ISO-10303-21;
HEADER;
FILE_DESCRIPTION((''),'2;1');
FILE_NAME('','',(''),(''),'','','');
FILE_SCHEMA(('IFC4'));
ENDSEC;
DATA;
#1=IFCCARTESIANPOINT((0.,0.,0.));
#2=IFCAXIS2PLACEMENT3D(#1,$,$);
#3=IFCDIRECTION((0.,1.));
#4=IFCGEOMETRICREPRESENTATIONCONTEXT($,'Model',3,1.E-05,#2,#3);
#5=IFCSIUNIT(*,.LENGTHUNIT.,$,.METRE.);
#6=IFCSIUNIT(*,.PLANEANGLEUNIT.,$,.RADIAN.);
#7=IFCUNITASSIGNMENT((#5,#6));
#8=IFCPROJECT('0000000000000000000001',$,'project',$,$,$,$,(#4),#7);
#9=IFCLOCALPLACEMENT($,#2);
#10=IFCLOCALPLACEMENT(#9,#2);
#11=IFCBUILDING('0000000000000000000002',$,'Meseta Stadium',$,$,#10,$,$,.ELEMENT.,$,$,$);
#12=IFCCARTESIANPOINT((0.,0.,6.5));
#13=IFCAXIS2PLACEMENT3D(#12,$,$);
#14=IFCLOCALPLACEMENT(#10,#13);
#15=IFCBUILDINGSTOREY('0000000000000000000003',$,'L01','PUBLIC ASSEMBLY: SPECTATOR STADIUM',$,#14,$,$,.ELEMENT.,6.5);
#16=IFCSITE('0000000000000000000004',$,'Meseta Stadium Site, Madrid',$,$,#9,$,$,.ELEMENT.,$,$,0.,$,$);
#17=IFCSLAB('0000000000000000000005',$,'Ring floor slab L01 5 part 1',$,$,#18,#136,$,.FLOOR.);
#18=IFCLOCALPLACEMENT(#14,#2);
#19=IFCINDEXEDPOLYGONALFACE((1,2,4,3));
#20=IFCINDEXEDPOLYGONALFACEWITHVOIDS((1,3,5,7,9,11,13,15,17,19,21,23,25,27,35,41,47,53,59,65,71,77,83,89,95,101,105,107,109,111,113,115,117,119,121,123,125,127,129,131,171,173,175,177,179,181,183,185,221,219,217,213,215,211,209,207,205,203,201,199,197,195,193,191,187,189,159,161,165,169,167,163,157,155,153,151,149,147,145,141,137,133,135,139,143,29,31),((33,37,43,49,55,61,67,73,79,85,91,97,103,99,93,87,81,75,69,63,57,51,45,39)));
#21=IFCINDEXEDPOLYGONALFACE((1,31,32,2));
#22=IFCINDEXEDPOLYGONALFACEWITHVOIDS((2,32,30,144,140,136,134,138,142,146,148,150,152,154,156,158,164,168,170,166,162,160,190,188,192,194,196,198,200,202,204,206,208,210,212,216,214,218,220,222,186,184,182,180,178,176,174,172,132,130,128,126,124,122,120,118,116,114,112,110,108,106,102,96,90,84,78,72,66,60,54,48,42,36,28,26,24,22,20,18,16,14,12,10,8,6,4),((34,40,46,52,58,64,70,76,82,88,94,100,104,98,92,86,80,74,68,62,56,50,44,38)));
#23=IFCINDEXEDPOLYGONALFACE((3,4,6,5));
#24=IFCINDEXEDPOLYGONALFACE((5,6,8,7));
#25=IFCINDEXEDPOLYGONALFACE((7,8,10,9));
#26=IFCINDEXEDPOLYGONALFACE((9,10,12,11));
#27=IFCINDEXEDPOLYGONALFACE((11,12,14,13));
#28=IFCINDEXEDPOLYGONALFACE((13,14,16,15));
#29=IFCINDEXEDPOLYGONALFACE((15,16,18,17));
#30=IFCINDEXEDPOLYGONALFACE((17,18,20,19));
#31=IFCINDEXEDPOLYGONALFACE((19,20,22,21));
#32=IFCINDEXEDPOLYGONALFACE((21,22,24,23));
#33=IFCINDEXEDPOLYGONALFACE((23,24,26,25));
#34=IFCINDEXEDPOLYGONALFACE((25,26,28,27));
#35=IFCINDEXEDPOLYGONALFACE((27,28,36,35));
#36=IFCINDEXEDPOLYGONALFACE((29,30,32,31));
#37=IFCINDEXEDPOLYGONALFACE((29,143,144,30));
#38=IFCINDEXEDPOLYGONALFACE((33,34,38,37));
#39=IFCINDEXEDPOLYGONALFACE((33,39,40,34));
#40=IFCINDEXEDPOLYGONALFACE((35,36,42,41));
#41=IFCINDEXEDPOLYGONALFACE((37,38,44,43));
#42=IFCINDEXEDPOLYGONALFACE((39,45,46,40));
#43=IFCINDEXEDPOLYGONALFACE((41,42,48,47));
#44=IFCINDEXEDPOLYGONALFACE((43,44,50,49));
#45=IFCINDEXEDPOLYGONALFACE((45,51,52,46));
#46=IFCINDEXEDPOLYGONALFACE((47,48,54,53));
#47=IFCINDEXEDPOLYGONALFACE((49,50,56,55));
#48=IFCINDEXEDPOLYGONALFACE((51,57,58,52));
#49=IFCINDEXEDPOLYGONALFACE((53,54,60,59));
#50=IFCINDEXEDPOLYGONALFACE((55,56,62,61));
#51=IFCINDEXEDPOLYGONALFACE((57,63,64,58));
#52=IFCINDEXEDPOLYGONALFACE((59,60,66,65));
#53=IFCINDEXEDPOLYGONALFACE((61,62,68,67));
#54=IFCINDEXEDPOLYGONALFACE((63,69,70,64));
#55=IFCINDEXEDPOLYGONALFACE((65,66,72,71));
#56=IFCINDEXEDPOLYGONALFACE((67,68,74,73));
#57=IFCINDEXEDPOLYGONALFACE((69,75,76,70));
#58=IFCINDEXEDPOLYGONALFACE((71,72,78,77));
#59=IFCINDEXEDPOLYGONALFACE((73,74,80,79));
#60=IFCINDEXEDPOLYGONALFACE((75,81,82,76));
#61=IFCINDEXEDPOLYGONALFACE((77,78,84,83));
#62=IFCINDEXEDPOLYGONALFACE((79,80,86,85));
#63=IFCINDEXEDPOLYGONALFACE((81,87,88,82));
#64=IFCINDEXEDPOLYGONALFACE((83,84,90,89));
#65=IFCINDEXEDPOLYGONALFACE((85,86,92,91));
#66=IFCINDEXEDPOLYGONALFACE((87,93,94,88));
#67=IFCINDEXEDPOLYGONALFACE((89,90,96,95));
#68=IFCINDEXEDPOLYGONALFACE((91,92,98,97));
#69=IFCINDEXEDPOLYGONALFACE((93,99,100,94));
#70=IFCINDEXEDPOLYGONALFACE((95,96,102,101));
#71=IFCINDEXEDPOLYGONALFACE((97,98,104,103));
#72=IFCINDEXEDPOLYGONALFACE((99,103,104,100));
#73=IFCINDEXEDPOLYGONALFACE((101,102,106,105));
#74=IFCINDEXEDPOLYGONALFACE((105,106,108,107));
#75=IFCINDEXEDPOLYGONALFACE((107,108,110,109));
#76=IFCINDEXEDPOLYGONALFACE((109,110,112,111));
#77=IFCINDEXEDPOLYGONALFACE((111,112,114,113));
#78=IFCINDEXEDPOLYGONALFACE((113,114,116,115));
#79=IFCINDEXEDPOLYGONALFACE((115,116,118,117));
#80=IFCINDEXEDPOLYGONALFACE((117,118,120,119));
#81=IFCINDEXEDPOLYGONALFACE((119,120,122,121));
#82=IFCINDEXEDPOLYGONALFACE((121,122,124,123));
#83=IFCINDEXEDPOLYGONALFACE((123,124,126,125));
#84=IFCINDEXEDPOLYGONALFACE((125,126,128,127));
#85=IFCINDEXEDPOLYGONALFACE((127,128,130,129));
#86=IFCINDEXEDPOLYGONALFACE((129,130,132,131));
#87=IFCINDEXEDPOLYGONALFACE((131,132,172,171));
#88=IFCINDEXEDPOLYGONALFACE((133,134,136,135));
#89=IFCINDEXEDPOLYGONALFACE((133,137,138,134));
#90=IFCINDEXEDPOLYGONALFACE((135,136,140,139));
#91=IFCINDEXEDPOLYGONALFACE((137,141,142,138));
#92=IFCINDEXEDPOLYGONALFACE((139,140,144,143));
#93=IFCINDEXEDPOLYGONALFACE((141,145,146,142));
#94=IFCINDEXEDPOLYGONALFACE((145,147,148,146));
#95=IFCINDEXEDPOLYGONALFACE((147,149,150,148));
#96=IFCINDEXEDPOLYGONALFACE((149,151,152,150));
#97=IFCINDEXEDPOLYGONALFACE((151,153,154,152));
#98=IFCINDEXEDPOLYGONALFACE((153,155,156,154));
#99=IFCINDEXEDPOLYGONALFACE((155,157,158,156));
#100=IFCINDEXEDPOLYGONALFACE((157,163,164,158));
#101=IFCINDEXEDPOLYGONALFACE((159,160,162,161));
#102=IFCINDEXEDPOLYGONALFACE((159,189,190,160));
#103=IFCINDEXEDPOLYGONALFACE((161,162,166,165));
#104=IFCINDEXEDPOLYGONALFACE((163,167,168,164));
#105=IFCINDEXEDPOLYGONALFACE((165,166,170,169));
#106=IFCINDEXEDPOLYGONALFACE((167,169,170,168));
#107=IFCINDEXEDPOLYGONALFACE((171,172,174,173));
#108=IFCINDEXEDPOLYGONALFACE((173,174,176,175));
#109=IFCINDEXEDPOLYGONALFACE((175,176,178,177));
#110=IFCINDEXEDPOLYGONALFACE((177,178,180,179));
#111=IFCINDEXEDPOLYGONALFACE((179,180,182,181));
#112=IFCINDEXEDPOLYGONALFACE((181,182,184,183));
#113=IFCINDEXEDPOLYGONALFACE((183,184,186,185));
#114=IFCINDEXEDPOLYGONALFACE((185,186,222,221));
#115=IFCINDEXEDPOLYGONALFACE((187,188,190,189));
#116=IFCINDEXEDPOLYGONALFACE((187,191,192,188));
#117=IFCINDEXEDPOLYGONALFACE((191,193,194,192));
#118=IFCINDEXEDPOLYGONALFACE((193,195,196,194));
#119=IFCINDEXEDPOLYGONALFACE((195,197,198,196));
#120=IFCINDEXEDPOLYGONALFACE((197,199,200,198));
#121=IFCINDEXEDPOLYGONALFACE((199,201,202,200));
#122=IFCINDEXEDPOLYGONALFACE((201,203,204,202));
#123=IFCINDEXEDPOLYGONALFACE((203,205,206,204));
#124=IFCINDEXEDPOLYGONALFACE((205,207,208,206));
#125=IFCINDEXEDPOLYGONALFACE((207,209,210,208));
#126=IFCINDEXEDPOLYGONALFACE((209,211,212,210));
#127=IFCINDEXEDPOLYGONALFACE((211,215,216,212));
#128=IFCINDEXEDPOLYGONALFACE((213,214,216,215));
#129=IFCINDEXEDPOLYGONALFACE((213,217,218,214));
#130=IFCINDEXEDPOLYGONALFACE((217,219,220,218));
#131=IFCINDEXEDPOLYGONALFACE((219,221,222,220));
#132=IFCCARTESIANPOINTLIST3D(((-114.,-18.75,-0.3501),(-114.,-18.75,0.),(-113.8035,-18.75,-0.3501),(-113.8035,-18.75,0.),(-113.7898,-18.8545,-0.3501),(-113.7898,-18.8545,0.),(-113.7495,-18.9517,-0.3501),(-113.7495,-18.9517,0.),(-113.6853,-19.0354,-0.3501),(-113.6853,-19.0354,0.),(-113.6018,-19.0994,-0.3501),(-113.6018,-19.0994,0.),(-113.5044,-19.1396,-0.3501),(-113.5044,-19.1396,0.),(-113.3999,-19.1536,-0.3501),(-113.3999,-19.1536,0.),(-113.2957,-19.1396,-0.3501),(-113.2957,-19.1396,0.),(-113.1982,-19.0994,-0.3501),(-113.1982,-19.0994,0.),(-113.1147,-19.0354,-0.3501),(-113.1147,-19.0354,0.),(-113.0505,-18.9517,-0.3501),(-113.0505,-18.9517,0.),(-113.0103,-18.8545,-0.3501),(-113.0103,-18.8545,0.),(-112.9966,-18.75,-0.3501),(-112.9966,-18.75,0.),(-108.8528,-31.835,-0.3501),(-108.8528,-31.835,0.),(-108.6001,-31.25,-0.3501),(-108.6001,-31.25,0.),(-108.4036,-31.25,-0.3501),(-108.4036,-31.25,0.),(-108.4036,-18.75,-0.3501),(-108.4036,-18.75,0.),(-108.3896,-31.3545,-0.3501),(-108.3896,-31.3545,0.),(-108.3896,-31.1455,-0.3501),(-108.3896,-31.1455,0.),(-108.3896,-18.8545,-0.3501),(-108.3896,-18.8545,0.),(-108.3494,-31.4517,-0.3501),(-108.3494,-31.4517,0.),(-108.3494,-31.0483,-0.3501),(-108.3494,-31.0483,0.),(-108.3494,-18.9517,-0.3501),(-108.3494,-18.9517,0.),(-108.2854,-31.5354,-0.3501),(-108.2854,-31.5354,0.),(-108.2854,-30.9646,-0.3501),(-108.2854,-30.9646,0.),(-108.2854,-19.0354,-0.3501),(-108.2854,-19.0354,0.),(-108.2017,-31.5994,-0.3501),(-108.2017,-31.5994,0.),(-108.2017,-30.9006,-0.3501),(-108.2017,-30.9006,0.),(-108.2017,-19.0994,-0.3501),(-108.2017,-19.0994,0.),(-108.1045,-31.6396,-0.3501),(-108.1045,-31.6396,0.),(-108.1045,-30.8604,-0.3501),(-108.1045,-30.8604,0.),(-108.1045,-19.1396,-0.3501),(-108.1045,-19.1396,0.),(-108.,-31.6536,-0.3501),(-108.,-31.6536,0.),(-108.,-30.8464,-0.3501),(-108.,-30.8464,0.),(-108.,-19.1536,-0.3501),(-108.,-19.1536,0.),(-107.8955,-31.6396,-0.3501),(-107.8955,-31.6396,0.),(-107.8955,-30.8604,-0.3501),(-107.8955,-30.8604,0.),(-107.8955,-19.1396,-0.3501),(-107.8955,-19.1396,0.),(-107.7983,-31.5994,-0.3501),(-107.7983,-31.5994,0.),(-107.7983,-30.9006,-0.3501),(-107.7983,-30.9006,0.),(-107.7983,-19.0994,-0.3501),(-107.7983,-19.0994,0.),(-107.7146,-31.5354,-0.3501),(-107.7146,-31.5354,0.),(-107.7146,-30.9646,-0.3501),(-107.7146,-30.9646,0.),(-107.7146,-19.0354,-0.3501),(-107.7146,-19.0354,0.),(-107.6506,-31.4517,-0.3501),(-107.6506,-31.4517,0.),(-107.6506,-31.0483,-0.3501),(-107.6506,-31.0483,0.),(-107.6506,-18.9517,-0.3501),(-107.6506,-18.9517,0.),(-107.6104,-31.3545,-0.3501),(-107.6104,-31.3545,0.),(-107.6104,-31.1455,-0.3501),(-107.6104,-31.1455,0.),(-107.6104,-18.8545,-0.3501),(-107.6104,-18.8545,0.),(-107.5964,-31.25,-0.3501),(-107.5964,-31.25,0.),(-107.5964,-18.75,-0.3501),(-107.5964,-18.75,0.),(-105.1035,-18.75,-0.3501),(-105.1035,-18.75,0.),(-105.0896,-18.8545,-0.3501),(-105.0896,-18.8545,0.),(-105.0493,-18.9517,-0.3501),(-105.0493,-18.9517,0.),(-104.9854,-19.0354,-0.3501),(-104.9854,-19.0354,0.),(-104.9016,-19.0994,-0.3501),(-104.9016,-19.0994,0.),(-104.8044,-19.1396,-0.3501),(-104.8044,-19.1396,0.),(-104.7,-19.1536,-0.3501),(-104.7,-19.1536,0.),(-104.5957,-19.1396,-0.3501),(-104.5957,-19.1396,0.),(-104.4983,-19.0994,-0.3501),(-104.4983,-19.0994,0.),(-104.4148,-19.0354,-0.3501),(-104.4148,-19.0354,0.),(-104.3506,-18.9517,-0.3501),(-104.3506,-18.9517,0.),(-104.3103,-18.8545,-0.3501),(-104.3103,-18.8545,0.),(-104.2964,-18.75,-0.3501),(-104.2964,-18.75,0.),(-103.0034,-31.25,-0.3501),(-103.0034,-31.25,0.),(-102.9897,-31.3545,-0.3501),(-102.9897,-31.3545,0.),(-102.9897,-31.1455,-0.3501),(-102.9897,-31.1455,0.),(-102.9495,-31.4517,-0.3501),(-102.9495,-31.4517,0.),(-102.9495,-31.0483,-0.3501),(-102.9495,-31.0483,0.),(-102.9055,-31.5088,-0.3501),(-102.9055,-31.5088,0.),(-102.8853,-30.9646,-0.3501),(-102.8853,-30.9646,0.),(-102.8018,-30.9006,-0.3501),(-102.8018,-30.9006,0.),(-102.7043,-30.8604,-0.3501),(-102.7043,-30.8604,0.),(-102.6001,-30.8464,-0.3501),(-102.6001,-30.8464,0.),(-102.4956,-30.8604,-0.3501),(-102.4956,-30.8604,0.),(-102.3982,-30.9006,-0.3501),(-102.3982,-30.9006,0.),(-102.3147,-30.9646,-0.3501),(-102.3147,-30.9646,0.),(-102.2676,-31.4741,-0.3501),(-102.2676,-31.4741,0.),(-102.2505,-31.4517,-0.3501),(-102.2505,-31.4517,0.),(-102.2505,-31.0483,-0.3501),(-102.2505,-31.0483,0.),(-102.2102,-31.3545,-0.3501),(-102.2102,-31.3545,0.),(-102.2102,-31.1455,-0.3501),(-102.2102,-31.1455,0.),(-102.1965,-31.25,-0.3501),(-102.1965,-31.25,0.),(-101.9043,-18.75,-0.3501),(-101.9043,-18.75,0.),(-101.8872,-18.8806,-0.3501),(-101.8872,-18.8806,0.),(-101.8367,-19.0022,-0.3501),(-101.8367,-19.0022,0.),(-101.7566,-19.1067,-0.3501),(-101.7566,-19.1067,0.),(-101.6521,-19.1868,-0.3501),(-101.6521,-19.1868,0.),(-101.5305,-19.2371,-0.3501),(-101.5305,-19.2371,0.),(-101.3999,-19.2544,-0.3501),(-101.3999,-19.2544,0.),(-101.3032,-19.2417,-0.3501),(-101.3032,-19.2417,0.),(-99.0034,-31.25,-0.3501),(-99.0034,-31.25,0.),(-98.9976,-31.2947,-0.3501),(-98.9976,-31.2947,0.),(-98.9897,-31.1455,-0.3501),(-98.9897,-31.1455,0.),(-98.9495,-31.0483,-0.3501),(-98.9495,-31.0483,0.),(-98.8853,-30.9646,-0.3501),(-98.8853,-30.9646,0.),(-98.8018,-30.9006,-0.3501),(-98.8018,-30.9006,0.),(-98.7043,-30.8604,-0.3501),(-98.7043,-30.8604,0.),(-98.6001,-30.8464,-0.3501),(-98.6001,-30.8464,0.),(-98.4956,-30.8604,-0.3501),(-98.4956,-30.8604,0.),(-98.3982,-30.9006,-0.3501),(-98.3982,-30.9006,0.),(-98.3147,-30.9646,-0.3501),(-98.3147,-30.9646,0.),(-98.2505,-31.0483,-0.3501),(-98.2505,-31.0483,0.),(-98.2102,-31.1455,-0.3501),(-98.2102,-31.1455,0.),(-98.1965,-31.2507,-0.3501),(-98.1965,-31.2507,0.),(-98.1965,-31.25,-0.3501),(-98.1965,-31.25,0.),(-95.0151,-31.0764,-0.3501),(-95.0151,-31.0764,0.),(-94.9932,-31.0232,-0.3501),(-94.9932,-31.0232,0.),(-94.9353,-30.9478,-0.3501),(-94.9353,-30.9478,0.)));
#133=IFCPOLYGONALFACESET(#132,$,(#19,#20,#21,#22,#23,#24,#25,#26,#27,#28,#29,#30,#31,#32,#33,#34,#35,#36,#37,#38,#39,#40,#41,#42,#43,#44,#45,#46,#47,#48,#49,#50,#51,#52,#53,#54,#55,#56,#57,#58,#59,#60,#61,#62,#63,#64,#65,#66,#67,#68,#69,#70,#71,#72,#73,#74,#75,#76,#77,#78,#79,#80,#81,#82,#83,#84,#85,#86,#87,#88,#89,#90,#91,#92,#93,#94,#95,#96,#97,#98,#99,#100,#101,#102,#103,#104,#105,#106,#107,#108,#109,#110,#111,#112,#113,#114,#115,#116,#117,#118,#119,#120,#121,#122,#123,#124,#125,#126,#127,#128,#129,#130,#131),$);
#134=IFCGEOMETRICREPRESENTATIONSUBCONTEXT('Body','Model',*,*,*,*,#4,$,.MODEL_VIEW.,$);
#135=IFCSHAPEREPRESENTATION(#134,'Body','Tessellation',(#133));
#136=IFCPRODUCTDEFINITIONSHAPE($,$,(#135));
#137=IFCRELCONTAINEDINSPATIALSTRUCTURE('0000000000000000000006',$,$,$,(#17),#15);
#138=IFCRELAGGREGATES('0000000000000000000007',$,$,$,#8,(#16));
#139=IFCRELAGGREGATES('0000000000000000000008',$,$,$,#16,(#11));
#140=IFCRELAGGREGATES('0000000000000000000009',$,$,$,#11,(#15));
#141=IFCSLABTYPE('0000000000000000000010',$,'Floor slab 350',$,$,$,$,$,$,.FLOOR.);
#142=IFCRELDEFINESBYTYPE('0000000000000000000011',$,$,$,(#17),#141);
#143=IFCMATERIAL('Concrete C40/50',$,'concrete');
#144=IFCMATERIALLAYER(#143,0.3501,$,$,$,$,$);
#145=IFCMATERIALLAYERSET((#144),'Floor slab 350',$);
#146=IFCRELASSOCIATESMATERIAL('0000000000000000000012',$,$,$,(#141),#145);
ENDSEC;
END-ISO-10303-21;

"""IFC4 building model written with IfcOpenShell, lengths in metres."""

from ifc_helpers import new_model, si_unit, direction, frame, origin, place, context, subcontext, project, spatial, polyline, outline, extrude, material, layer, layer_set, type_object, element, save


model = new_model("IFC4")

# Units and contexts
model_context = context("Model", 3, precision=1e-05, world=origin(), true_north=direction((0.0, 1.0)))
body_context = subcontext(model_context, "Body", "Model", "MODEL_VIEW")
ifc_project = project(units=[si_unit("LENGTHUNIT", "METRE"), si_unit("PLANEANGLEUNIT", "RADIAN")], contexts=[model_context])

# Site, building, storey
site_placement = place(None, origin())
site = spatial("IfcSite", under=ifc_project, at=site_placement, Name="Meseta Stadium Site, Madrid", CompositionType="ELEMENT", RefElevation=0.0)
building_placement = place(site_placement, origin())
building = spatial("IfcBuilding", under=site, at=building_placement, Name="Meseta Stadium", CompositionType="ELEMENT")
storey_placement = place(building_placement, frame((0.0, 0.0, 6.5)))
storey = spatial("IfcBuildingStorey", under=building, at=storey_placement, Name="L01", Description="PUBLIC ASSEMBLY: SPECTATOR STADIUM", CompositionType="ELEMENT", Elevation=6.5)

# Slab
ifc_material_1 = material(Name="Concrete C40/50", Category="concrete")
ifc_layer_1 = layer(ifc_material_1, 0.3501)
ifc_layer_set_1 = layer_set([ifc_layer_1], Name="Floor slab 350")
slab_type_1 = type_object("IfcSlabType", Name="Floor slab 350", PredefinedType="FLOOR", material=ifc_layer_set_1)
slab_1_placement = place(storey_placement, frame((0.0, 0.0, -0.3501)))
element("IfcSlab", 1, at=slab_1_placement, inside=storey, type_object=slab_type_1, Name="Ring floor slab L01 5 part 1", PredefinedType="FLOOR", context=body_context, shape_type="SweptSolid", body=[
    extrude(outline(polyline([(-108.6001, -31.25), (-108.8528, -31.835), (-102.9055, -31.5088), (-102.9495, -31.4517), (-102.9897, -31.3545), (-103.0034, -31.25), (-102.9897, -31.1455), (-102.9495, -31.0483), (-102.8853, -30.9646), (-102.8018, -30.9006), (-102.7043, -30.8604), (-102.6001, -30.8464), (-102.4956, -30.8604), (-102.3982, -30.9006), (-102.3147, -30.9646), (-102.2505, -31.0483), (-102.2102, -31.1455), (-102.1965, -31.25), (-102.2102, -31.3545), (-102.2505, -31.4517), (-102.2676, -31.4741), (-98.9976, -31.2947), (-99.0034, -31.25), (-98.9897, -31.1455), (-98.9495, -31.0483), (-98.8853, -30.9646), (-98.8018, -30.9006), (-98.7043, -30.8604), (-98.6001, -30.8464), (-98.4956, -30.8604), (-98.3982, -30.9006), (-98.3147, -30.9646), (-98.2505, -31.0483), (-98.2102, -31.1455), (-98.1965, -31.25), (-98.1965, -31.2507), (-95.0151, -31.0764), (-94.9932, -31.0232), (-94.9353, -30.9478), (-101.3032, -19.2417), (-101.3999, -19.2544), (-101.5305, -19.2371), (-101.6521, -19.1868), (-101.7566, -19.1067), (-101.8367, -19.0022), (-101.8872, -18.8806), (-101.9043, -18.75), (-104.2964, -18.75), (-104.3103, -18.8545), (-104.3506, -18.9517), (-104.4148, -19.0354), (-104.4983, -19.0994), (-104.5957, -19.1396), (-104.7, -19.1536), (-104.8044, -19.1396), (-104.9016, -19.0994), (-104.9854, -19.0354), (-105.0493, -18.9517), (-105.0896, -18.8545), (-105.1035, -18.75), (-107.5964, -18.75), (-107.6104, -18.8545), (-107.6506, -18.9517), (-107.7146, -19.0354), (-107.7983, -19.0994), (-107.8955, -19.1396), (-108.0, -19.1536), (-108.1045, -19.1396), (-108.2017, -19.0994), (-108.2854, -19.0354), (-108.3494, -18.9517), (-108.3896, -18.8545), (-108.4036, -18.75), (-112.9966, -18.75), (-113.0103, -18.8545), (-113.0505, -18.9517), (-113.1147, -19.0354), (-113.1982, -19.0994), (-113.2957, -19.1396), (-113.3999, -19.1536), (-113.5044, -19.1396), (-113.6018, -19.0994), (-113.6853, -19.0354), (-113.7495, -18.9517), (-113.7898, -18.8545), (-113.8035, -18.75), (-114.0, -18.75), (-108.6001, -31.25)]), holes=[polyline([(-108.1045, -31.6396), (-108.2017, -31.5994), (-108.2854, -31.5354), (-108.3494, -31.4517), (-108.3896, -31.3545), (-108.4036, -31.25), (-108.3896, -31.1455), (-108.3494, -31.0483), (-108.2854, -30.9646), (-108.2017, -30.9006), (-108.1045, -30.8604), (-108.0, -30.8464), (-107.8955, -30.8604), (-107.7983, -30.9006), (-107.7146, -30.9646), (-107.6506, -31.0483), (-107.6104, -31.1455), (-107.5964, -31.25), (-107.6104, -31.3545), (-107.6506, -31.4517), (-107.7146, -31.5354), (-107.7983, -31.5994), (-107.8955, -31.6396), (-108.0, -31.6536), (-108.1045, -31.6396)])]), origin(), (0.0, 0.0, 1.0), 0.3501),
])

save(model, "model.ifc")
